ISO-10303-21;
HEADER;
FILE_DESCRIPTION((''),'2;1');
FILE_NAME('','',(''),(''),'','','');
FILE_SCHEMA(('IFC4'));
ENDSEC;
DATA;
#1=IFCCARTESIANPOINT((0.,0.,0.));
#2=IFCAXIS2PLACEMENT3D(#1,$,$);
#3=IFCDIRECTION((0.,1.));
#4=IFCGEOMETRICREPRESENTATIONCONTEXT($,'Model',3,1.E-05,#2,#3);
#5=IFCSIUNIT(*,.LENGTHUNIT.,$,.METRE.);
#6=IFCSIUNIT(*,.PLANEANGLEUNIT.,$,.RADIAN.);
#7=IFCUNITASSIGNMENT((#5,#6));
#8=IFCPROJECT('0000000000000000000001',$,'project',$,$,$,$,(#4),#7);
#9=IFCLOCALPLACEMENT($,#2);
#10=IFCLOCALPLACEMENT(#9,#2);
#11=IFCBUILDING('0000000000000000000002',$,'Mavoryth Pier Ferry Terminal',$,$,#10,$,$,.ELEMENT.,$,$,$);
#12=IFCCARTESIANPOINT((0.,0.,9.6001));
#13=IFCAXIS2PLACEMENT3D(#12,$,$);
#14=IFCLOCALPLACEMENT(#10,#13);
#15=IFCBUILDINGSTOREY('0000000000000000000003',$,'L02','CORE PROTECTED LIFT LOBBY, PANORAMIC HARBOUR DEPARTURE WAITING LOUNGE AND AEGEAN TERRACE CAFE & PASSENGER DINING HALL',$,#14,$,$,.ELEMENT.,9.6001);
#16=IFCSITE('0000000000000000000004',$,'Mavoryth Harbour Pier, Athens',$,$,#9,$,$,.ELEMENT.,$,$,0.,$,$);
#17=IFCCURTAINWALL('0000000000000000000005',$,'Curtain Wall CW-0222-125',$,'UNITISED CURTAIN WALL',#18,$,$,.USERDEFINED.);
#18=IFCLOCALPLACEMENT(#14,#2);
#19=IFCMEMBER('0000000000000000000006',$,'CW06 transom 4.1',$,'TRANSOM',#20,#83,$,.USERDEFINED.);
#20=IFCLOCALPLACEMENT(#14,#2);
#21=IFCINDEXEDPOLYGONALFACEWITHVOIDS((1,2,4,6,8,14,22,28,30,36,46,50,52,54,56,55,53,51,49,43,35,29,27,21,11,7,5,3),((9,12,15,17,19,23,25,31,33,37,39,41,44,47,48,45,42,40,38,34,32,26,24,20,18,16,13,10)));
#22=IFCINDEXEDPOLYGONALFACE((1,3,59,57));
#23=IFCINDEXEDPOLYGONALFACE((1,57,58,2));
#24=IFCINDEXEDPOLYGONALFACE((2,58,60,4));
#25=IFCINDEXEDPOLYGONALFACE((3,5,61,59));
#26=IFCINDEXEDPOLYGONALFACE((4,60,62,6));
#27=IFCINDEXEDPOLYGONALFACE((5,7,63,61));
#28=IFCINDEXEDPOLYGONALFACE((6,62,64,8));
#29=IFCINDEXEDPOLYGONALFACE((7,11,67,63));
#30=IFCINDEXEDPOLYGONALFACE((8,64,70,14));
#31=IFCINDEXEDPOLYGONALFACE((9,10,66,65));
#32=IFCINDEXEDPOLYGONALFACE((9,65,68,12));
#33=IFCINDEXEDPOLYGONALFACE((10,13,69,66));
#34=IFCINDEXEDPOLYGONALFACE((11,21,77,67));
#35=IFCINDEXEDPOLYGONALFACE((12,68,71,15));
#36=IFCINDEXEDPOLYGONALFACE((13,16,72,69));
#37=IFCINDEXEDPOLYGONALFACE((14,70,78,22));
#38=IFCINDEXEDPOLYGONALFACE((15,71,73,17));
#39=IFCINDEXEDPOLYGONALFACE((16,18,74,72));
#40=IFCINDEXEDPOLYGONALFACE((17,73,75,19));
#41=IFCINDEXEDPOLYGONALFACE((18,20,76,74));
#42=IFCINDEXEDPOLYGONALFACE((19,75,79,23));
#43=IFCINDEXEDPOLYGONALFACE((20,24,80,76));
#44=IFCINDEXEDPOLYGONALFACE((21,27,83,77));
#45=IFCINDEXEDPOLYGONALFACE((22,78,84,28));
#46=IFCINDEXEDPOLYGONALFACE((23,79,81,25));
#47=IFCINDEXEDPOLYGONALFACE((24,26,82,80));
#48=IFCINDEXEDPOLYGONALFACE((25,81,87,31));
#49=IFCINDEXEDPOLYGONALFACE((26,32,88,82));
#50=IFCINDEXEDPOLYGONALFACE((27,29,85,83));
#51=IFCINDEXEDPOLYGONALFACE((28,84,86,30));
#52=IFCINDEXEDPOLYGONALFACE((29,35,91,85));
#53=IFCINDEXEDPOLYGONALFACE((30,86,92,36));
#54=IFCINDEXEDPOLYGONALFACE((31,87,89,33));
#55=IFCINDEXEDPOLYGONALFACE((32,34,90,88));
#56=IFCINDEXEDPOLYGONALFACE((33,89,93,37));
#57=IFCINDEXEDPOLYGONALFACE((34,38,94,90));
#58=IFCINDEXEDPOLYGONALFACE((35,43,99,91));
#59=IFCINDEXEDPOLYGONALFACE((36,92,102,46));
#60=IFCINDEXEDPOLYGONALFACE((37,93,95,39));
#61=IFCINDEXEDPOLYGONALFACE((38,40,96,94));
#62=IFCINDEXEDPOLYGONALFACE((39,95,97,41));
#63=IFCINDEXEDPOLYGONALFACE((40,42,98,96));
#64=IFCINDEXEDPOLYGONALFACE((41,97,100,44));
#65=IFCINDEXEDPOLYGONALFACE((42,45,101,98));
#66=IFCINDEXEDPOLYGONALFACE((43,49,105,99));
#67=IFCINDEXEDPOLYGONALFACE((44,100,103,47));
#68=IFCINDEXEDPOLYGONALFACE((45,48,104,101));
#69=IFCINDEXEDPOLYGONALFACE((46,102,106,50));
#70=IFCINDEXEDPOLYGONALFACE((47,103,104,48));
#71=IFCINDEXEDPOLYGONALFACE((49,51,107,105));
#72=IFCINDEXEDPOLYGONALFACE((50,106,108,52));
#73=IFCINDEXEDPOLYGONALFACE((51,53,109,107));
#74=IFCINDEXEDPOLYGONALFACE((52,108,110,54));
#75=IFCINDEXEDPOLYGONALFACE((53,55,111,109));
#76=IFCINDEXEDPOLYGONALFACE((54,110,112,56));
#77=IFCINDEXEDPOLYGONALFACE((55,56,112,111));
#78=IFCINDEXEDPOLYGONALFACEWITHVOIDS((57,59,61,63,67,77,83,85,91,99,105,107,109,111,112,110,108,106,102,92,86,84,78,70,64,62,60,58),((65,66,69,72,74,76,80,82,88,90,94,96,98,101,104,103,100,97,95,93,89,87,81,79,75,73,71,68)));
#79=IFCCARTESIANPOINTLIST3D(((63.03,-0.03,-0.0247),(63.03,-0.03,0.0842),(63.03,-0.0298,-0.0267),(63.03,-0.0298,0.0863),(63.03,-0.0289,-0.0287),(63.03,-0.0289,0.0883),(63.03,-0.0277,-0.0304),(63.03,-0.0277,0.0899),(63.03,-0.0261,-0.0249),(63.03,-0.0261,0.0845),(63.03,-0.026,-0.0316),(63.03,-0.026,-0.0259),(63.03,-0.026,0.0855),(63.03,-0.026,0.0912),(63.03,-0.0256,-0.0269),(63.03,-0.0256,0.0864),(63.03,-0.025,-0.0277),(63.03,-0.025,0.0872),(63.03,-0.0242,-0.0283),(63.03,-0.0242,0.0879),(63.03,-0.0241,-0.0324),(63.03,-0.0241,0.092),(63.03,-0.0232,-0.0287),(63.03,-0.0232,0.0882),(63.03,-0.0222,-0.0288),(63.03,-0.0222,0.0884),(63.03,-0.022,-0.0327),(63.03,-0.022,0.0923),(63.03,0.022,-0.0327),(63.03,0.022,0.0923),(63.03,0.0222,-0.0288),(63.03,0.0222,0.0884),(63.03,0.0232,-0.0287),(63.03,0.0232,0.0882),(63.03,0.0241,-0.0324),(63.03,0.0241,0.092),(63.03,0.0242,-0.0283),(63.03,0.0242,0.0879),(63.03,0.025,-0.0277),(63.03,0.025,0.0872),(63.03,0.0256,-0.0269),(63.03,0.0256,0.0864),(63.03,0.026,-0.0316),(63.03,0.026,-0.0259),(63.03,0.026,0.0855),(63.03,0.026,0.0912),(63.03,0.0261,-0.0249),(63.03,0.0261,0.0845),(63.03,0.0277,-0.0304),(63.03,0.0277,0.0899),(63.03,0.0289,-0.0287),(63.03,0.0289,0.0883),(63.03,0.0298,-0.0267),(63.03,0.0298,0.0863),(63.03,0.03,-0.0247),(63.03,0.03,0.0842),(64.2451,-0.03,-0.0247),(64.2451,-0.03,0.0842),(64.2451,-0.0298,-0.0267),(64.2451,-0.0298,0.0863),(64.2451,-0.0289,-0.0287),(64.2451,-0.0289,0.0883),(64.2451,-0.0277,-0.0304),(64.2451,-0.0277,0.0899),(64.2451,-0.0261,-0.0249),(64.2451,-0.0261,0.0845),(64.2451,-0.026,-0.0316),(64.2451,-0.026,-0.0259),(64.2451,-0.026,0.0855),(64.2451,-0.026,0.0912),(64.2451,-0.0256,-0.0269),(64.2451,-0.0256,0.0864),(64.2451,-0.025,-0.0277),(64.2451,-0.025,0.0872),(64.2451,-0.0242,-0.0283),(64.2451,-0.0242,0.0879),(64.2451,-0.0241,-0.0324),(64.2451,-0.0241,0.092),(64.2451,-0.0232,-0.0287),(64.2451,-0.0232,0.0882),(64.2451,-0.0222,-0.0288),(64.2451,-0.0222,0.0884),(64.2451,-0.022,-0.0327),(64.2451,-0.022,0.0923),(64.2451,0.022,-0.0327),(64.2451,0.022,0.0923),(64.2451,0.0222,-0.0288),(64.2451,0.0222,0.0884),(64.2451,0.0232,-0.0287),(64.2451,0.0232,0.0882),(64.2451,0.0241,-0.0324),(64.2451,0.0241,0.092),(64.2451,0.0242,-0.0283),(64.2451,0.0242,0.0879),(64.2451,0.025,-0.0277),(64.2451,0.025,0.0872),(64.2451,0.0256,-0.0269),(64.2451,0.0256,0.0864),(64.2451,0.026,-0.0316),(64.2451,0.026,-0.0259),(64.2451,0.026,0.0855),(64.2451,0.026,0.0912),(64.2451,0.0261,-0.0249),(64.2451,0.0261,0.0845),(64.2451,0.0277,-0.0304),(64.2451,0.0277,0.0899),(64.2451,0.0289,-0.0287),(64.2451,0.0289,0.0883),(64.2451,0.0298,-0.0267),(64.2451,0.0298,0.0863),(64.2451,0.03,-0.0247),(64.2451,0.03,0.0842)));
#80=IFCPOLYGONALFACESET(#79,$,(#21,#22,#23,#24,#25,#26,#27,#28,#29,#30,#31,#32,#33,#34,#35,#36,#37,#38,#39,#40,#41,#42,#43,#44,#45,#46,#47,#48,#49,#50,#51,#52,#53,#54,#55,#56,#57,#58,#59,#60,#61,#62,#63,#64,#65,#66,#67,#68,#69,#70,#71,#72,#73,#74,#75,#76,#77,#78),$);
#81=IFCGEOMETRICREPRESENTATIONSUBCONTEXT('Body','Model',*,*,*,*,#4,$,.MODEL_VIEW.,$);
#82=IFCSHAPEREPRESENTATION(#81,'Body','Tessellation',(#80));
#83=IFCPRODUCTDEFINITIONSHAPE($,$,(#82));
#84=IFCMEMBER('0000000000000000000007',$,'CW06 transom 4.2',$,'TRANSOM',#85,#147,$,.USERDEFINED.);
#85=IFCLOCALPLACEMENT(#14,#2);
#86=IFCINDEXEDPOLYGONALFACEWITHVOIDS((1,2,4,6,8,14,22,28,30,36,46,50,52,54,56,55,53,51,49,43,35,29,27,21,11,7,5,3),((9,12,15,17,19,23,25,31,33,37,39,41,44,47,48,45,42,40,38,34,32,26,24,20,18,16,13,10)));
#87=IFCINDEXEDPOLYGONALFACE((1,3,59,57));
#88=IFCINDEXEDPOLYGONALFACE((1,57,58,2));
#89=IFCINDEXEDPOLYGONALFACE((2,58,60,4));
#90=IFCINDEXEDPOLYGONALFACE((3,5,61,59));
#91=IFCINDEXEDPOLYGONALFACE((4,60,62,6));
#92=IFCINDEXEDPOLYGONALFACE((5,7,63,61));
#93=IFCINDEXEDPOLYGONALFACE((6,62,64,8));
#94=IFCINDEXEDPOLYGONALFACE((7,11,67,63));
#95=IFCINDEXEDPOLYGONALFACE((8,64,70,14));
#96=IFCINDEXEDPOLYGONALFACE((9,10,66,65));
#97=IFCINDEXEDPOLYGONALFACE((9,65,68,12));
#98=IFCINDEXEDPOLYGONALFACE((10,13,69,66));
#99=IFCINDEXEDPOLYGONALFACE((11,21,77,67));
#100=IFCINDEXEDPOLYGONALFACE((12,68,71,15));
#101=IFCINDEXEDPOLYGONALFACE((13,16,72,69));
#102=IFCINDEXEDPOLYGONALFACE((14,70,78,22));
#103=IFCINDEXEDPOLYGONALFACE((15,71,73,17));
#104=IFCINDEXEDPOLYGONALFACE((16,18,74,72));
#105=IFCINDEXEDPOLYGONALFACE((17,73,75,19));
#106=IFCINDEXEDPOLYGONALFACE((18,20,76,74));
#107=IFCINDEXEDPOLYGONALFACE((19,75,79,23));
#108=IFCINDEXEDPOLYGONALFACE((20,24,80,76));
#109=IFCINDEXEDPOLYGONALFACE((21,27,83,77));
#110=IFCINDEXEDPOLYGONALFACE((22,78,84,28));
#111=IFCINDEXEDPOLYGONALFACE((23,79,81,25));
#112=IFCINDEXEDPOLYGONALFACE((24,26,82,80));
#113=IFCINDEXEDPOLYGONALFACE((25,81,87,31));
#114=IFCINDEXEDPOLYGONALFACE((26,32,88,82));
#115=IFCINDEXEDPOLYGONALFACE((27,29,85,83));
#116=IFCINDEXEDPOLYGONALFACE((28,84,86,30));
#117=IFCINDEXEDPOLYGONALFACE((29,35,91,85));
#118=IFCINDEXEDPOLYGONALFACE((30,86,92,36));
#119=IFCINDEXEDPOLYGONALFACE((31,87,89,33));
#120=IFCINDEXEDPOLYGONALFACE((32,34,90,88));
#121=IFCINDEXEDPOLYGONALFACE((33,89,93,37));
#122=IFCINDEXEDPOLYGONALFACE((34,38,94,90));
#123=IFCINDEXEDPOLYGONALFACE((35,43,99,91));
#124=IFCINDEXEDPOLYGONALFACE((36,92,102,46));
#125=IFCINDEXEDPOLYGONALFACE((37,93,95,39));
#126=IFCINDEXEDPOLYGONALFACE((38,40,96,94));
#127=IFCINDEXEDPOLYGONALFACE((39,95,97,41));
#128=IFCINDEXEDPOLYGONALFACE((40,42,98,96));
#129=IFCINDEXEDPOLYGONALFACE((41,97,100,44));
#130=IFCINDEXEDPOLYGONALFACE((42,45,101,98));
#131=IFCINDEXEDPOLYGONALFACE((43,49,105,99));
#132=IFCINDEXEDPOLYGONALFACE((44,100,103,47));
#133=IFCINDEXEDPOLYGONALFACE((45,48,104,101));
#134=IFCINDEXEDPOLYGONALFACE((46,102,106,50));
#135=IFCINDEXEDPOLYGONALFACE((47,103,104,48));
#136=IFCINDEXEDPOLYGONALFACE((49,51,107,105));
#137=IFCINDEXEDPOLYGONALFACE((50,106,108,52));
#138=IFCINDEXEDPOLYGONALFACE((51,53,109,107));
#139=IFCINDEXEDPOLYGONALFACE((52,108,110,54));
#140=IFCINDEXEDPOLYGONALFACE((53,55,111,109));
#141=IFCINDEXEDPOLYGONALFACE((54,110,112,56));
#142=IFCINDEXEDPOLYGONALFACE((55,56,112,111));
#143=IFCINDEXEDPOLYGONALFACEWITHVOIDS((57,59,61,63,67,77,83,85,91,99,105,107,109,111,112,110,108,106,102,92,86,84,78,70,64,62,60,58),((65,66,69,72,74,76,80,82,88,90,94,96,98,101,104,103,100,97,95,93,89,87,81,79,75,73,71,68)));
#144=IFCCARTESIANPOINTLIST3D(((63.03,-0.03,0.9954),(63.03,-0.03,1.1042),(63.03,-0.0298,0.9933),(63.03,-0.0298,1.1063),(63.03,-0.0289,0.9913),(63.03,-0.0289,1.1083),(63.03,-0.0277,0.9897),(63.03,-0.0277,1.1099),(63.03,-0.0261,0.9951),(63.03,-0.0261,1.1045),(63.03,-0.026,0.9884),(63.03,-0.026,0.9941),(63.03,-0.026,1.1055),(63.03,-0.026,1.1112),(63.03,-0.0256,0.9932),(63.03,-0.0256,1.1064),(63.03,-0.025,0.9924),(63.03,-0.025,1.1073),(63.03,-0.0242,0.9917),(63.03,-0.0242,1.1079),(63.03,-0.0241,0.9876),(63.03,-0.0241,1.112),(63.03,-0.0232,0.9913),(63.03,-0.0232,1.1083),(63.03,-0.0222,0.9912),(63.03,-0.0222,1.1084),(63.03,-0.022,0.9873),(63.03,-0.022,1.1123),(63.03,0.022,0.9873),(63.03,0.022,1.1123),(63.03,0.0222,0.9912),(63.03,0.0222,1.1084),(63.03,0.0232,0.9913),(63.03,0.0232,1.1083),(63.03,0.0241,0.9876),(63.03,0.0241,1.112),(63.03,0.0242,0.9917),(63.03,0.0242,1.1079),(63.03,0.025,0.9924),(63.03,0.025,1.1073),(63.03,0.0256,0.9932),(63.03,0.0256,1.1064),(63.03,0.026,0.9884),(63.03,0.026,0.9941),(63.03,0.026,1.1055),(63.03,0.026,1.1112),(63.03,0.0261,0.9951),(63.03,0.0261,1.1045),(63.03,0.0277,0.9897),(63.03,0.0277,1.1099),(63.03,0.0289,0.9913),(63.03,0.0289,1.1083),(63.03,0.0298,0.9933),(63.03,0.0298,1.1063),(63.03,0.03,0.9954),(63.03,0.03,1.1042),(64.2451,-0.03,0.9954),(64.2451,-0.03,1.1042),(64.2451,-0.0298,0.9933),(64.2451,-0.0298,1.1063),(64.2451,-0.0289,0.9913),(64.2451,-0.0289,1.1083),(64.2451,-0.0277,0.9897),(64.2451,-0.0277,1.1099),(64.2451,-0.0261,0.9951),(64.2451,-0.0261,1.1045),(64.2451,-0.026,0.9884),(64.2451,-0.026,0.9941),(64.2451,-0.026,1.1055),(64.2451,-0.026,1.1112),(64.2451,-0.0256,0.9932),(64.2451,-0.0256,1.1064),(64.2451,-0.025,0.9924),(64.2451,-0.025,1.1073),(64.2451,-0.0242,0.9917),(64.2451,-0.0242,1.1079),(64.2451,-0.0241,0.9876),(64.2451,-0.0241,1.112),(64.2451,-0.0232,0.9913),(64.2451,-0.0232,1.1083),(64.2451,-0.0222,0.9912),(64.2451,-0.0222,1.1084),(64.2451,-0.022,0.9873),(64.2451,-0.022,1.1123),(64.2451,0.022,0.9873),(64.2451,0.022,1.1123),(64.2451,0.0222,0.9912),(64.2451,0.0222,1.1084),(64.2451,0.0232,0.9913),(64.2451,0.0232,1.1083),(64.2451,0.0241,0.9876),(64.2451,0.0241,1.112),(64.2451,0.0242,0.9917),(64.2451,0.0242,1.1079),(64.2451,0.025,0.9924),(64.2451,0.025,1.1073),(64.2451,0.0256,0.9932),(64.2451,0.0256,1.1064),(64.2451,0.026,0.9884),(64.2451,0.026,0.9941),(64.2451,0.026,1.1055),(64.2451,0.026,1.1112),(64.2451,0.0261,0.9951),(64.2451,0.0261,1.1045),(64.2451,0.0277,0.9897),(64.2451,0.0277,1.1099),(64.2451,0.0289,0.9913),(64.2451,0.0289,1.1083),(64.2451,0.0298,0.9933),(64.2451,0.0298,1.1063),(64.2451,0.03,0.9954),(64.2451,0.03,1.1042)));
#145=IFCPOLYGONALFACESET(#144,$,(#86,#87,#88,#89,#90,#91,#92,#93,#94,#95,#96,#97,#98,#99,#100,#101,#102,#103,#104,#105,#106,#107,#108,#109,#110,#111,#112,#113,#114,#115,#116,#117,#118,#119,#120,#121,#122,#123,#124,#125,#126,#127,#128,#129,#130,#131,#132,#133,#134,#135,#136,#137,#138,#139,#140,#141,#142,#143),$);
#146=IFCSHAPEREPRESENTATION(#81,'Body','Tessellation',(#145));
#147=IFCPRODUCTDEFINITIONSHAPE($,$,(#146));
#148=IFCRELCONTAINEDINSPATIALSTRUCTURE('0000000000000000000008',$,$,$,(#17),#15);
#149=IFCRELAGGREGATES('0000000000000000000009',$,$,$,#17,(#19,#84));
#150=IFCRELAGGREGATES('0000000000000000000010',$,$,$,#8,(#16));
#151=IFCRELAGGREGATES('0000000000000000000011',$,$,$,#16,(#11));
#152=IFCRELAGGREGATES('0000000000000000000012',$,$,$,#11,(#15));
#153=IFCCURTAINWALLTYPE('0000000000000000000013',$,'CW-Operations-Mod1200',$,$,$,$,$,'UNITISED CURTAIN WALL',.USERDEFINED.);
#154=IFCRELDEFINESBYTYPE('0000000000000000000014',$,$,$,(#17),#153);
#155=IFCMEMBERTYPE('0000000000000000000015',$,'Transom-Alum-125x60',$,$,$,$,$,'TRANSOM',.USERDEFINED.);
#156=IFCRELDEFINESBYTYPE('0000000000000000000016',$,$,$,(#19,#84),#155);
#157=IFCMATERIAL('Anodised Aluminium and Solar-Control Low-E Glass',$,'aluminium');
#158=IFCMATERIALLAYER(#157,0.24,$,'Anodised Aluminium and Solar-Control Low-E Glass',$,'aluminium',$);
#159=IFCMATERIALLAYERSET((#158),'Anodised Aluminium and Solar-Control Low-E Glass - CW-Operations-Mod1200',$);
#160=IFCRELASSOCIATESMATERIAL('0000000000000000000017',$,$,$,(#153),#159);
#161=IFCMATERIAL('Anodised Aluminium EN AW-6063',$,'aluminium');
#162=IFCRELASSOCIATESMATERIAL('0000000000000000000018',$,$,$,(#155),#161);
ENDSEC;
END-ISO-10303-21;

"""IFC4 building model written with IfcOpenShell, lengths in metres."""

from ifc_helpers import new_model, si_unit, direction, frame, origin, origin_2d, place, context, subcontext, project, spatial, hollow_rectangle, extrude, material, layer, layer_set, material_profile, profile_set, type_object, element, aggregate, save


model = new_model("IFC4")

# Units and contexts
model_context = context("Model", 3, precision=1e-05, world=origin(), true_north=direction((0.0, 1.0)))
body_context = subcontext(model_context, "Body", "Model", "MODEL_VIEW")
ifc_project = project(units=[si_unit("LENGTHUNIT", "METRE"), si_unit("PLANEANGLEUNIT", "RADIAN")], contexts=[model_context])

# Site, building, storey
site_placement = place(None, origin())
site = spatial("IfcSite", under=ifc_project, at=site_placement, Name="Mavoryth Harbour Pier, Athens", CompositionType="ELEMENT", RefElevation=0.0)
building_placement = place(site_placement, origin())
building = spatial("IfcBuilding", under=site, at=building_placement, Name="Mavoryth Pier Ferry Terminal", CompositionType="ELEMENT")
storey_placement = place(building_placement, frame((0.0, 0.0, 9.6001)))
storey = spatial("IfcBuildingStorey", under=building, at=storey_placement, Name="L02", Description="CORE PROTECTED LIFT LOBBY, PANORAMIC HARBOUR DEPARTURE WAITING LOUNGE AND AEGEAN TERRACE CAFE & PASSENGER DINING HALL", CompositionType="ELEMENT", Elevation=9.6001)

# Shared definitions
ifc_material_1 = material(Name="Anodised Aluminium and Solar-Control Low-E Glass", Category="aluminium")
ifc_layer_1 = layer(ifc_material_1, 0.24, Name="Anodised Aluminium and Solar-Control Low-E Glass", Category="aluminium")
ifc_layer_set_1 = layer_set([ifc_layer_1], Name="Anodised Aluminium and Solar-Control Low-E Glass - CW-Operations-Mod1200")
curtain_wall_type = type_object("IfcCurtainWallType", Name="CW-Operations-Mod1200", ElementType="UNITISED CURTAIN WALL", PredefinedType="USERDEFINED", material=ifc_layer_set_1)
ifc_material_2 = material(Name="Anodised Aluminium EN AW-6063", Category="aluminium")

# Curtain wall
curtain_wall_1_placement = place(storey_placement, origin())
curtain_wall_1 = element("IfcCurtainWall", 1, at=curtain_wall_1_placement, inside=storey, type_object=curtain_wall_type, Name="Curtain Wall CW-0222-125", ObjectType="UNITISED CURTAIN WALL", PredefinedType="USERDEFINED")

# Members
ifc_material_profile_1 = material_profile(ifc_material_2, hollow_rectangle(XDim=0.0601, YDim=0.125, WallThickness=0.0039, InnerFilletRadius=0.0039, OuterFilletRadius=0.0081, at=origin_2d()), Name="AL-TRAN 125x60x4", Category="aluminium")
ifc_profile_set_1 = profile_set([ifc_material_profile_1], Name="Anodised Aluminium EN AW-6063 - AL-TRAN 125x60x4")
member_type_1 = type_object("IfcMemberType", Name="Transom-Alum-125x60", ElementType="TRANSOM", PredefinedType="USERDEFINED", material=ifc_profile_set_1)
member_1_placement = place(storey_placement, frame((63.03, 0.0, 0.0298), z_axis=(1.0, 0.0, 0.0), x_axis=(0.0, 1.0, 0.0)))
member_1 = element("IfcMember", 2, at=member_1_placement, type_object=member_type_1, Name="CW06 transom 4.1", ObjectType="TRANSOM", PredefinedType="USERDEFINED", context=body_context, shape_type="SweptSolid", body=[
    extrude(hollow_rectangle(XDim=0.0601, YDim=0.125, WallThickness=0.0039, InnerFilletRadius=0.0039, OuterFilletRadius=0.0081, at=origin_2d()), origin(), (0.0, 0.0, 1.0), 1.2151),
])
member_2_placement = place(storey_placement, frame((63.03, 0.0, 1.0498), z_axis=(1.0, 0.0, 0.0), x_axis=(0.0, 1.0, 0.0)))
member_2 = element("IfcMember", 3, at=member_2_placement, type_object=member_type_1, Name="CW06 transom 4.2", ObjectType="TRANSOM", PredefinedType="USERDEFINED", context=body_context, shape_type="SweptSolid", body=[
    extrude(hollow_rectangle(XDim=0.0601, YDim=0.125, WallThickness=0.0039, InnerFilletRadius=0.0039, OuterFilletRadius=0.0081, at=origin_2d()), origin(), (0.0, 0.0, 1.0), 1.2151),
])

aggregate(curtain_wall_1, [member_1, member_2])

save(model, "model.ifc")
